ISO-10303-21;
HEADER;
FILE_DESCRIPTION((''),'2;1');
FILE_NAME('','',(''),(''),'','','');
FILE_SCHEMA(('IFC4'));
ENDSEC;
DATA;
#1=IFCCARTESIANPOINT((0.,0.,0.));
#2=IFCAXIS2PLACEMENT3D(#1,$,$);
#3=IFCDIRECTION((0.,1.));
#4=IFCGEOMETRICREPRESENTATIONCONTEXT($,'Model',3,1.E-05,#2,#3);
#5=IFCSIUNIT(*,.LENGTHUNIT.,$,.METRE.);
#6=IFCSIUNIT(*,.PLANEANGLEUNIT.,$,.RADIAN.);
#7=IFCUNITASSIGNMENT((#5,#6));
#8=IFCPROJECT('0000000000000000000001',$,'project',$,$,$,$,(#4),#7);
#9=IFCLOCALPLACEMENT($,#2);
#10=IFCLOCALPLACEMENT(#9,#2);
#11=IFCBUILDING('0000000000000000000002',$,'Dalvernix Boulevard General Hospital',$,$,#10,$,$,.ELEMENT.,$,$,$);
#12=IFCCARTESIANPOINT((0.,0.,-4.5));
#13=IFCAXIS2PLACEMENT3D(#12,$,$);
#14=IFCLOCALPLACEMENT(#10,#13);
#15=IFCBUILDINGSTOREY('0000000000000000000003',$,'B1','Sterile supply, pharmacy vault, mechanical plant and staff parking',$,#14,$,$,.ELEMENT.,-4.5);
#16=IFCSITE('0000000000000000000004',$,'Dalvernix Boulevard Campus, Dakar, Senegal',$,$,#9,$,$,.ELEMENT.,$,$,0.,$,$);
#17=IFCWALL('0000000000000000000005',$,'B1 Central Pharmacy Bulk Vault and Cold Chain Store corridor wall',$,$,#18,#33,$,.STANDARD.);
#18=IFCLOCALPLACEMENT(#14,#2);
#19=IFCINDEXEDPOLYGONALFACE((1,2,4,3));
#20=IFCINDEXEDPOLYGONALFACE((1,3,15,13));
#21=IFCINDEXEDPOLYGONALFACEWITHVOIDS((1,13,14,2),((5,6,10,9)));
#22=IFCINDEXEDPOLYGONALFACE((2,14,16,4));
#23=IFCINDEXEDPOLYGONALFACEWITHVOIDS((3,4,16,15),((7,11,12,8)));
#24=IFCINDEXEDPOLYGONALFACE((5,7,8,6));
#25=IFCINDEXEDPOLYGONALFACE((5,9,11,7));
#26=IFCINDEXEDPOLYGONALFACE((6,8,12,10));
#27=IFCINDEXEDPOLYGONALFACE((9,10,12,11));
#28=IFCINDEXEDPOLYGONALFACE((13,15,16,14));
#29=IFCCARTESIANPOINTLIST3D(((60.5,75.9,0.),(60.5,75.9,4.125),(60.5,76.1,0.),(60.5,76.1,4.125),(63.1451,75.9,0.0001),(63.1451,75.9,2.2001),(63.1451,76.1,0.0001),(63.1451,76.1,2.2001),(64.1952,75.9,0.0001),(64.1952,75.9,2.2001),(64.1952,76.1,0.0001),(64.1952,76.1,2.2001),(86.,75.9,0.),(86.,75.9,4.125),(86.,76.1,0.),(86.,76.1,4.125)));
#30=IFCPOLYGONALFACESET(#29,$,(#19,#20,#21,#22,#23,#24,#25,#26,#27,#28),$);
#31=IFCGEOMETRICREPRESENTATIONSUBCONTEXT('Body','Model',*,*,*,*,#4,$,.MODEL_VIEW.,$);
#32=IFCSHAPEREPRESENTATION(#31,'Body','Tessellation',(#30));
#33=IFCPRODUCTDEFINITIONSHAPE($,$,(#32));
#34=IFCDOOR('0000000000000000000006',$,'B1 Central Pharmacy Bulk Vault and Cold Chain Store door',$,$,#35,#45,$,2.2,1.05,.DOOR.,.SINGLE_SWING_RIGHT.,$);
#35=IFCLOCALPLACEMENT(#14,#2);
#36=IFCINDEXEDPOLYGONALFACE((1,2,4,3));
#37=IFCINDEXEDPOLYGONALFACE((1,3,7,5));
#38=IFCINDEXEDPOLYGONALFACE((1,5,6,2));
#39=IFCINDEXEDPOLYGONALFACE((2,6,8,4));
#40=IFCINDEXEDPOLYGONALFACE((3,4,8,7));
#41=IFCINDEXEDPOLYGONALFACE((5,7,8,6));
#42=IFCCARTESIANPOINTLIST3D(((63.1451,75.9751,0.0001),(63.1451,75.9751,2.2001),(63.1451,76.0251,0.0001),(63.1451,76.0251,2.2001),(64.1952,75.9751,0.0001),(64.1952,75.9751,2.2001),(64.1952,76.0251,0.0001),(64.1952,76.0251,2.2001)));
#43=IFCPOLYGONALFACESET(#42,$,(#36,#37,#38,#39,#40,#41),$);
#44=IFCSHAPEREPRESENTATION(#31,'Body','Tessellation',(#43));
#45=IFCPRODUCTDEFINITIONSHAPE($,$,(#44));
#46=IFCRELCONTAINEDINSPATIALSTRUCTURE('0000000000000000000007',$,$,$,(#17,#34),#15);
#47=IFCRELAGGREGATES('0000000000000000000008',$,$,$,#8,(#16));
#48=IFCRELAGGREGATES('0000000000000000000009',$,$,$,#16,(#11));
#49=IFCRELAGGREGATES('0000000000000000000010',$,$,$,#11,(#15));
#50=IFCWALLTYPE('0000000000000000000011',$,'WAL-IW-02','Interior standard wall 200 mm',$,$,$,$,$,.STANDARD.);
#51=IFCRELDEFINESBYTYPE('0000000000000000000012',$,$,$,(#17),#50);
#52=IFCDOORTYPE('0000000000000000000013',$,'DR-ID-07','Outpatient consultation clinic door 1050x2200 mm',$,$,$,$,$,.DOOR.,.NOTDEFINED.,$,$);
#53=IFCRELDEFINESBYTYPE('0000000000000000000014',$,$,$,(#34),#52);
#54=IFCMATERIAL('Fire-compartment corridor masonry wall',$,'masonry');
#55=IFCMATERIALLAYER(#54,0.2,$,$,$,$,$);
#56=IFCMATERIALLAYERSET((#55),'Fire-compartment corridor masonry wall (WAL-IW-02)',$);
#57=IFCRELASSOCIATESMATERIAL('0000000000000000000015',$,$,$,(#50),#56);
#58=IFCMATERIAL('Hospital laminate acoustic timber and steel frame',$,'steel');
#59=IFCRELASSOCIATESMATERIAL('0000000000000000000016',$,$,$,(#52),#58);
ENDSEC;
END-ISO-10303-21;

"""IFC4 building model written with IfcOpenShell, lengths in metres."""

from ifc_helpers import new_model, si_unit, direction, frame, frame_2d, origin, place, context, subcontext, project, spatial, rectangle, extrude, material, layer, layer_set, type_object, element, fill, save


model = new_model("IFC4")

# Units and contexts
model_context = context("Model", 3, precision=1e-05, world=origin(), true_north=direction((0.0, 1.0)))
body_context = subcontext(model_context, "Body", "Model", "MODEL_VIEW")
ifc_project = project(units=[si_unit("LENGTHUNIT", "METRE"), si_unit("PLANEANGLEUNIT", "RADIAN")], contexts=[model_context])

# Site, building, storey
site_placement = place(None, origin())
site = spatial("IfcSite", under=ifc_project, at=site_placement, Name="Dalvernix Boulevard Campus, Dakar, Senegal", CompositionType="ELEMENT", RefElevation=0.0)
building_placement = place(site_placement, origin())
building = spatial("IfcBuilding", under=site, at=building_placement, Name="Dalvernix Boulevard General Hospital", CompositionType="ELEMENT")
storey_placement = place(building_placement, frame((0.0, 0.0, -4.5)))
storey = spatial("IfcBuildingStorey", under=building, at=storey_placement, Name="B1", Description="Sterile supply, pharmacy vault, mechanical plant and staff parking", CompositionType="ELEMENT", Elevation=-4.5)

# Wall, opening, door
ifc_material_1 = material(Name="Fire-compartment corridor masonry wall", Category="masonry")
ifc_layer = layer(ifc_material_1, 0.2)
ifc_layer_set = layer_set([ifc_layer], Name="Fire-compartment corridor masonry wall (WAL-IW-02)")
wall_type = type_object("IfcWallType", Name="WAL-IW-02", Description="Interior standard wall 200 mm", PredefinedType="STANDARD", material=ifc_layer_set)
wall_placement = place(storey_placement, frame((86.0, 76.0, 0.0), z_axis=(0.0, 0.0, 1.0), x_axis=(-1.0, 0.0, 0.0)))
wall = element("IfcWall", 1, at=wall_placement, inside=storey, type_object=wall_type, Name="B1 Central Pharmacy Bulk Vault and Cold Chain Store corridor wall", PredefinedType="STANDARD", context=body_context, shape_type="SweptSolid", body=[
    extrude(rectangle(XDim=25.5, YDim=0.2, at=frame_2d((12.75, 0.0))), origin(), (0.0, 0.0, 1.0), 4.125),
])
opening_placement = place(wall_placement, frame((21.8049, 0.0, 0.0)))
opening = element("IfcOpeningElement", 2, at=opening_placement, cuts=wall, PredefinedType="OPENING", context=body_context, shape_type="SweptSolid", body=[
    extrude(rectangle(XDim=1.05, YDim=2.2, at=frame_2d((0.5249, 1.1001))), frame((0.0, 0.1099, 0.0), z_axis=(0.0, -1.0, 0.0), x_axis=(1.0, 0.0, 0.0)), (0.0, 0.0, 1.0), 0.22),
])
ifc_material_2 = material(Name="Hospital laminate acoustic timber and steel frame", Category="steel")
door_type = type_object("IfcDoorType", Name="DR-ID-07", Description="Outpatient consultation clinic door 1050x2200 mm", OperationType="NOTDEFINED", PredefinedType="DOOR", material=ifc_material_2)
door_placement = place(opening_placement, origin())
door = element("IfcDoor", 3, at=door_placement, inside=storey, type_object=door_type, Name="B1 Central Pharmacy Bulk Vault and Cold Chain Store door", OperationType="SINGLE_SWING_RIGHT", OverallHeight=2.2, OverallWidth=1.05, PredefinedType="DOOR", context=body_context, shape_type="SweptSolid", body=[
    extrude(rectangle(XDim=1.05, YDim=2.2, at=frame_2d((0.5249, 1.1001))), frame((0.0, 0.0249, 0.0), z_axis=(0.0, -1.0, 0.0), x_axis=(1.0, 0.0, 0.0)), (0.0, 0.0, 1.0), 0.05),
])
fill(opening, door)

save(model, "model.ifc")
